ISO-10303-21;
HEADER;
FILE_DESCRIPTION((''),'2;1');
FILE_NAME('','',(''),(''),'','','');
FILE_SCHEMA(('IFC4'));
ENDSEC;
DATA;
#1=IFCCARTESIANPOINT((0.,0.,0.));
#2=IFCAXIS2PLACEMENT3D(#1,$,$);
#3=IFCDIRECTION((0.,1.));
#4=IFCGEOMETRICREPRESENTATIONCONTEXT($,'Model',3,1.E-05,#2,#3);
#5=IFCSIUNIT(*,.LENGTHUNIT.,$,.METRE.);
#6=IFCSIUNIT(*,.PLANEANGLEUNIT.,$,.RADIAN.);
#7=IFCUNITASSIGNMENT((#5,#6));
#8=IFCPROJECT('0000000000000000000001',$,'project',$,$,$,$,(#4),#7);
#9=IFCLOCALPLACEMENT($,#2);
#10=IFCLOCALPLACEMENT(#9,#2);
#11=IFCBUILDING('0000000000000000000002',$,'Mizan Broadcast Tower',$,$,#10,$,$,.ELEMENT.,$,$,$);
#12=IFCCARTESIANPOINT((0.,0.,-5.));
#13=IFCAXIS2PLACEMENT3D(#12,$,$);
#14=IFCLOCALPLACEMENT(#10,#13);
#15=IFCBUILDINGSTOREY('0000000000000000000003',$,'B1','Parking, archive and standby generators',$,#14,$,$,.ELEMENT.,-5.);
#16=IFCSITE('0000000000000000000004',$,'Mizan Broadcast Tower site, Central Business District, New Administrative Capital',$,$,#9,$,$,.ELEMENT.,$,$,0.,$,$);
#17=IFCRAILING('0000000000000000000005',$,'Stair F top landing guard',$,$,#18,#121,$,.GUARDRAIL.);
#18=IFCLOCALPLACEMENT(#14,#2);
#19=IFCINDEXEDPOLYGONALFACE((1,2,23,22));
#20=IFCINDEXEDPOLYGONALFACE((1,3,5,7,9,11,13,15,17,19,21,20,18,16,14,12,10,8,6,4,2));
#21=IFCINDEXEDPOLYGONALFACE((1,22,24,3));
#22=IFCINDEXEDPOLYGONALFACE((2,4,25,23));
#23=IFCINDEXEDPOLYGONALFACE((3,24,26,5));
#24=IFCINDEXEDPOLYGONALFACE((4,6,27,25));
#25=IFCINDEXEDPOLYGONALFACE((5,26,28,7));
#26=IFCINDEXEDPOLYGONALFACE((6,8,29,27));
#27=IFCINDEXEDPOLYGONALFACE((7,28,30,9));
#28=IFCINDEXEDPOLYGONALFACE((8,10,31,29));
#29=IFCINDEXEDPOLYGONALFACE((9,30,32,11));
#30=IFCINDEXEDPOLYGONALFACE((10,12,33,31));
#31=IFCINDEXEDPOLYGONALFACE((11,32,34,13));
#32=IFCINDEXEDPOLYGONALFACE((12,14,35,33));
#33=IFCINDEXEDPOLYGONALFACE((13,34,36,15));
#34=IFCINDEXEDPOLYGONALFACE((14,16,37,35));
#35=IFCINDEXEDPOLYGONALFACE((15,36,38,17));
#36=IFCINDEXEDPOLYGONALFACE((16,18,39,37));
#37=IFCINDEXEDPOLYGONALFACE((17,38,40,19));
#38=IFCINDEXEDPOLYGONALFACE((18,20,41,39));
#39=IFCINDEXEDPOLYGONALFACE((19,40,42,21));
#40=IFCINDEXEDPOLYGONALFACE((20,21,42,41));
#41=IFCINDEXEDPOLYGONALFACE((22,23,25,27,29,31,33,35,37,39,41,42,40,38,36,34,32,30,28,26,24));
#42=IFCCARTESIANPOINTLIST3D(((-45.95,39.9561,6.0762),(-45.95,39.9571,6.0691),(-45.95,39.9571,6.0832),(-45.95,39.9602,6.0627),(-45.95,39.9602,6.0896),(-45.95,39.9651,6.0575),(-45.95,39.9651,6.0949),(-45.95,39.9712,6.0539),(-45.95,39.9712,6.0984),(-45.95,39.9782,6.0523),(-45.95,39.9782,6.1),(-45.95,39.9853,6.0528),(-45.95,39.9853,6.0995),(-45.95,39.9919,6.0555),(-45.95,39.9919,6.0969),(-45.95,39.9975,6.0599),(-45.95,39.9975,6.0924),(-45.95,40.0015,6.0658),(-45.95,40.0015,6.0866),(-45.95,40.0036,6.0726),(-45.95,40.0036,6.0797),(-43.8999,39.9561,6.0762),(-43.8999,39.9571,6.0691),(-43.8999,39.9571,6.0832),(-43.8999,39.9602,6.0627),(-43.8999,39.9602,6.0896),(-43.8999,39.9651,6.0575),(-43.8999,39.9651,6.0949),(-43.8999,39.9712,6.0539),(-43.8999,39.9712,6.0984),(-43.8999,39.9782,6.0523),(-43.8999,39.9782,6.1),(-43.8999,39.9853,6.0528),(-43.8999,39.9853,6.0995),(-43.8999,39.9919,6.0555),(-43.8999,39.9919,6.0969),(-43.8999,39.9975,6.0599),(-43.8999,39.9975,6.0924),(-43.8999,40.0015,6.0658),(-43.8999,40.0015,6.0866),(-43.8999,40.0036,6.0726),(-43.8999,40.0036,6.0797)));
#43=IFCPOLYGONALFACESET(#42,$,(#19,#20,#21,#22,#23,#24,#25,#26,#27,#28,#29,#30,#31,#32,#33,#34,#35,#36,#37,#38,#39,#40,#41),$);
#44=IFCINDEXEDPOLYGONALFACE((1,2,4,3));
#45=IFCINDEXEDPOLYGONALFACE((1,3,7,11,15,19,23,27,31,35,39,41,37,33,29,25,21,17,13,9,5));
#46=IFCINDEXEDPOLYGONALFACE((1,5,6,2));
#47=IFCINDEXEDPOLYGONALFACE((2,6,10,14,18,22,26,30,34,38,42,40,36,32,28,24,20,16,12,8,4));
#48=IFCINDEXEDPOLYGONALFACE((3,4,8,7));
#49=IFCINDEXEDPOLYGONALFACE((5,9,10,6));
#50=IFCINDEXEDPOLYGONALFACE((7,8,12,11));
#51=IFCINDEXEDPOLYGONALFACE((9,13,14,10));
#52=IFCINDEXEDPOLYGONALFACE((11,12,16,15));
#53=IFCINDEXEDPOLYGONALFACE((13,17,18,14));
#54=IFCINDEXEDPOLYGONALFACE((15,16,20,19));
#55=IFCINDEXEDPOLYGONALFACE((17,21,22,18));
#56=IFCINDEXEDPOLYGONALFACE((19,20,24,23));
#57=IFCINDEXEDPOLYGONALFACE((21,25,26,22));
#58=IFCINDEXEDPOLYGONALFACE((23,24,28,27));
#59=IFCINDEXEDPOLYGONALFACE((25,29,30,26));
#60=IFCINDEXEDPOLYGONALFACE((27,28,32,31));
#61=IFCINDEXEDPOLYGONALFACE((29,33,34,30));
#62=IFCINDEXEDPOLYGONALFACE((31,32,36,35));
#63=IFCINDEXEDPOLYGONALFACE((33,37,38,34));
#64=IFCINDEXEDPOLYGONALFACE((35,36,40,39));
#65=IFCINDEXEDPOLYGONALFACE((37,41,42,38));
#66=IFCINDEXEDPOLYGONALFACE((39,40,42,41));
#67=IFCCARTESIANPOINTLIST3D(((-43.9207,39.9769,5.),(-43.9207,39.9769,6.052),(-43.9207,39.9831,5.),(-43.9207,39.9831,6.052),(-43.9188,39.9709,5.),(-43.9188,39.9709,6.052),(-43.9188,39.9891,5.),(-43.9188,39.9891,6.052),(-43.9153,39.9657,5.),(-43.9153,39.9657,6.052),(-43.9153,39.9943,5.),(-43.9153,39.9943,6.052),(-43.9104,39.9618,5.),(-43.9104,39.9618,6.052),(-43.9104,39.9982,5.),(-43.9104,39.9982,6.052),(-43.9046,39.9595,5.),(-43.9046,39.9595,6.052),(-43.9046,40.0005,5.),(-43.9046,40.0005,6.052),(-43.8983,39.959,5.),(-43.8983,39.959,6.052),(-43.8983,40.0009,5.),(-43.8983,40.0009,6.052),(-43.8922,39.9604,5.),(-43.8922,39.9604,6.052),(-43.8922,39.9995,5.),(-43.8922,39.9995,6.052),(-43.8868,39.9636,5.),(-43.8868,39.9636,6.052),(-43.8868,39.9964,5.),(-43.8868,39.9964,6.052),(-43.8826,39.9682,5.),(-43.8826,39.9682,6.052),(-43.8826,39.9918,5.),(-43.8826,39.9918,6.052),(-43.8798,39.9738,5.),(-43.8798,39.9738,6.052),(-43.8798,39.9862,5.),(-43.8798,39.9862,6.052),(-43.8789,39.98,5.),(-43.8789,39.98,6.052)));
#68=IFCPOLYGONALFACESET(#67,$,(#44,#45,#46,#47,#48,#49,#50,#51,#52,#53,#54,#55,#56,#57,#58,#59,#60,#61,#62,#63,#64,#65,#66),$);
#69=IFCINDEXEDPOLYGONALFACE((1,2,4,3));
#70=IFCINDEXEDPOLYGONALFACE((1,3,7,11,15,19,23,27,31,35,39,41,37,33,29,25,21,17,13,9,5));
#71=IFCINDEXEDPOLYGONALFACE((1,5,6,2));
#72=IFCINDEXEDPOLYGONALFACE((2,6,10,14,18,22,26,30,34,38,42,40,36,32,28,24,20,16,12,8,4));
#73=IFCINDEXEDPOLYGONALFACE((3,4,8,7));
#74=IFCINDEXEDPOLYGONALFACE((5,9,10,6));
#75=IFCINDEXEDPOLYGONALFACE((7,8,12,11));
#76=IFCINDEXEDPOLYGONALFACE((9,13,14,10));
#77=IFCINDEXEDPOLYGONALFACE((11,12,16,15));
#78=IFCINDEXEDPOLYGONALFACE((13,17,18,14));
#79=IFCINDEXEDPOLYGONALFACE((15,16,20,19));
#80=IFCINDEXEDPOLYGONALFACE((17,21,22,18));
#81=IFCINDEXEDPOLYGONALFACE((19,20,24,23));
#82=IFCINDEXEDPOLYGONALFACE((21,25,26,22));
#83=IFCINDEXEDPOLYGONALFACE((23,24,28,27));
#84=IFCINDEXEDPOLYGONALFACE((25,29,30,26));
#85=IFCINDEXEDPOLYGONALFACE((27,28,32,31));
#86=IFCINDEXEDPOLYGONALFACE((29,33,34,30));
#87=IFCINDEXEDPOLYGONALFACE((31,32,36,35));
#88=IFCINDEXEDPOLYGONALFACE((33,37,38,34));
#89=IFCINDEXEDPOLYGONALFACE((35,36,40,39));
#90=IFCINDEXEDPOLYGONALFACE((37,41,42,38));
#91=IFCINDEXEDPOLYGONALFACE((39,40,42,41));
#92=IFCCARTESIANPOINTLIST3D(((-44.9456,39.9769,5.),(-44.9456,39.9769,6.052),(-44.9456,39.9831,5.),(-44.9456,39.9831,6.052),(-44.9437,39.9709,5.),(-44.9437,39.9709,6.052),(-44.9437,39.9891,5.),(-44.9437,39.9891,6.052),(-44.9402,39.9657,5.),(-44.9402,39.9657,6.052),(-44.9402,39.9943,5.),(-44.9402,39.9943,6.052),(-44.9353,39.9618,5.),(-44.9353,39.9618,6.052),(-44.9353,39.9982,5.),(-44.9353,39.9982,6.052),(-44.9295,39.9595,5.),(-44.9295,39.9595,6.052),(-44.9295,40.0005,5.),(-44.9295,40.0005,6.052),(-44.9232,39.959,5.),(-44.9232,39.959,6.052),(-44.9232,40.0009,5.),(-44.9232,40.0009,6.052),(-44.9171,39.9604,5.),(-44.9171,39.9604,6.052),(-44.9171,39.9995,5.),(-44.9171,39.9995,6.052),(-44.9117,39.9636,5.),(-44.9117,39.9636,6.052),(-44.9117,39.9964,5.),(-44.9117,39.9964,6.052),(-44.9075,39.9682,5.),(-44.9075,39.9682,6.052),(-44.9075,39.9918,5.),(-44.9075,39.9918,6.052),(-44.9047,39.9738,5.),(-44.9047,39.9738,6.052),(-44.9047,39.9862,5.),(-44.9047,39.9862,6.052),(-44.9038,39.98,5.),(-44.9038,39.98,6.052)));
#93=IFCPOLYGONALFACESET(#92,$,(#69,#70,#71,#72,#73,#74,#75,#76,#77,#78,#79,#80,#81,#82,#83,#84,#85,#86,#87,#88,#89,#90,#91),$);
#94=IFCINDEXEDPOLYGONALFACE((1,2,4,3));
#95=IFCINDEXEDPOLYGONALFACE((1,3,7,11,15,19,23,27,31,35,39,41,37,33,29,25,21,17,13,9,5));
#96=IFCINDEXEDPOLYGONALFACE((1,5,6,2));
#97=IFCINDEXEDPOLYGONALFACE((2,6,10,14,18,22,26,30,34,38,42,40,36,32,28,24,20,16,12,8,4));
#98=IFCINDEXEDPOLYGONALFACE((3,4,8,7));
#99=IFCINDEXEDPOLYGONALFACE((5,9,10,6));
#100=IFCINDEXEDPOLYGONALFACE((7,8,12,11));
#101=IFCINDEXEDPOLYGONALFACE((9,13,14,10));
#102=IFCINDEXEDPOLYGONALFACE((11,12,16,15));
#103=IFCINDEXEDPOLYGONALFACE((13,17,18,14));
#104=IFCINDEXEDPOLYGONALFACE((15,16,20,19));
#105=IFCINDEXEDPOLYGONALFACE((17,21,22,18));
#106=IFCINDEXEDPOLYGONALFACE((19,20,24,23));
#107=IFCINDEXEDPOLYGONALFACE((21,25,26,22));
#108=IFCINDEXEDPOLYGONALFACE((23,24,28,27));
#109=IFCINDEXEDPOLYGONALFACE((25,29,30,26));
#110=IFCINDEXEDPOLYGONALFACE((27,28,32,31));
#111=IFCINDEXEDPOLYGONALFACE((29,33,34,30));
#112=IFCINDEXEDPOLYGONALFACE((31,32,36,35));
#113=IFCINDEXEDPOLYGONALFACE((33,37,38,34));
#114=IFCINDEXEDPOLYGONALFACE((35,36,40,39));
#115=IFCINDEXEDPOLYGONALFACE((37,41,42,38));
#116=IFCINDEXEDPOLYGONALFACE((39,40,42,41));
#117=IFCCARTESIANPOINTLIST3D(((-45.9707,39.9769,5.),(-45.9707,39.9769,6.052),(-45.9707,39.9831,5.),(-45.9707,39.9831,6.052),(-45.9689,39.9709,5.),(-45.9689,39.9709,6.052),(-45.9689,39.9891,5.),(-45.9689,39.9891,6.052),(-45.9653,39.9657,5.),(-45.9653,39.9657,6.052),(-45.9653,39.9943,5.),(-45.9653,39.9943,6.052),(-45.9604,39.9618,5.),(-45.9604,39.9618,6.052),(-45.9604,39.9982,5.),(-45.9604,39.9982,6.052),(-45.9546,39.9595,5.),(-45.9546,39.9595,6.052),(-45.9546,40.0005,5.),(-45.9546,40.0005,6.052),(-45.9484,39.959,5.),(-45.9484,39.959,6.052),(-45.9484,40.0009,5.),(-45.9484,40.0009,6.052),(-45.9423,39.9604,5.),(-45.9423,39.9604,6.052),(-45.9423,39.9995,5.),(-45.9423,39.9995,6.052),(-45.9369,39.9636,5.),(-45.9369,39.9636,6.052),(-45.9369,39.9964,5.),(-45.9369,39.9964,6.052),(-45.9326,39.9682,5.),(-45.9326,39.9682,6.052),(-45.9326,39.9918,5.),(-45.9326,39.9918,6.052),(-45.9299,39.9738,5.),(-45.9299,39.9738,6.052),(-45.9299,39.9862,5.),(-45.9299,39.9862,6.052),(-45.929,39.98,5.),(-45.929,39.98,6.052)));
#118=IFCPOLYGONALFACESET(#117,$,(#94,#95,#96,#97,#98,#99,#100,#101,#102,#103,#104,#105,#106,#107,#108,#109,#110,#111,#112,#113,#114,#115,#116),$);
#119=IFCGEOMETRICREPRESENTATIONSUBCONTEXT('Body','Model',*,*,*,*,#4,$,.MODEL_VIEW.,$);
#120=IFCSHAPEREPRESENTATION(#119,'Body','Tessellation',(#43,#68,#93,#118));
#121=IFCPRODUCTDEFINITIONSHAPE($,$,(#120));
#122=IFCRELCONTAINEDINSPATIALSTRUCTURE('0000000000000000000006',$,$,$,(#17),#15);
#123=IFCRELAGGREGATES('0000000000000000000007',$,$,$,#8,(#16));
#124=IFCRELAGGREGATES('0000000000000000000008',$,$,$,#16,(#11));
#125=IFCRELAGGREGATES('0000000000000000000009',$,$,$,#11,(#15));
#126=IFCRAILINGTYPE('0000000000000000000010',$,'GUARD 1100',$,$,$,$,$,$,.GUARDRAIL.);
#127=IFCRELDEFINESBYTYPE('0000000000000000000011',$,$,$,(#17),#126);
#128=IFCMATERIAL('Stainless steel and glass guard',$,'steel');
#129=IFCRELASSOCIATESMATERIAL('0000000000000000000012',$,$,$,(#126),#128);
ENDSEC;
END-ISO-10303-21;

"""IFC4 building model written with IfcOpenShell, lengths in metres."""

from ifc_helpers import new_model, si_unit, direction, frame, origin, origin_2d, place, context, subcontext, project, spatial, circle, extrude, material, type_object, element, save


model = new_model("IFC4")

# Units and contexts
model_context = context("Model", 3, precision=1e-05, world=origin(), true_north=direction((0.0, 1.0)))
body_context = subcontext(model_context, "Body", "Model", "MODEL_VIEW")
ifc_project = project(units=[si_unit("LENGTHUNIT", "METRE"), si_unit("PLANEANGLEUNIT", "RADIAN")], contexts=[model_context])

# Site, building, storey
site_placement = place(None, origin())
site = spatial("IfcSite", under=ifc_project, at=site_placement, Name="Mizan Broadcast Tower site, Central Business District, New Administrative Capital", CompositionType="ELEMENT", RefElevation=0.0)
building_placement = place(site_placement, origin())
building = spatial("IfcBuilding", under=site, at=building_placement, Name="Mizan Broadcast Tower", CompositionType="ELEMENT")
storey_placement = place(building_placement, frame((0.0, 0.0, -5.0)))
storey = spatial("IfcBuildingStorey", under=building, at=storey_placement, Name="B1", Description="Parking, archive and standby generators", CompositionType="ELEMENT", Elevation=-5.0)

# Railing
ifc_material_1 = material(Name="Stainless steel and glass guard", Category="steel")
railing_type_1 = type_object("IfcRailingType", Name="GUARD 1100", PredefinedType="GUARDRAIL", material=ifc_material_1)
railing_1_placement = place(storey_placement, frame((-43.8999, 39.98, 5.0)))
element("IfcRailing", 1, at=railing_1_placement, inside=storey, type_object=railing_type_1, Name="Stair F top landing guard", PredefinedType="GUARDRAIL", context=body_context, shape_type="SweptSolid", body=[
    extrude(circle(Radius=0.0239, at=origin_2d()), frame((0.0, 0.0, 1.0762), z_axis=(-1.0, 0.0, 0.0), x_axis=(0.0, -1.0, 0.0)), (0.0, 0.0, 1.0), 2.05),
    extrude(circle(Radius=0.021, at=origin_2d()), origin(), (0.0, 0.0, 1.0), 1.052),
    extrude(circle(Radius=0.021, at=origin_2d()), frame((-1.0249, 0.0, 0.0)), (0.0, 0.0, 1.0), 1.052),
    extrude(circle(Radius=0.021, at=origin_2d()), frame((-2.05, 0.0, 0.0)), (0.0, 0.0, 1.0), 1.052),
])

save(model, "model.ifc")
